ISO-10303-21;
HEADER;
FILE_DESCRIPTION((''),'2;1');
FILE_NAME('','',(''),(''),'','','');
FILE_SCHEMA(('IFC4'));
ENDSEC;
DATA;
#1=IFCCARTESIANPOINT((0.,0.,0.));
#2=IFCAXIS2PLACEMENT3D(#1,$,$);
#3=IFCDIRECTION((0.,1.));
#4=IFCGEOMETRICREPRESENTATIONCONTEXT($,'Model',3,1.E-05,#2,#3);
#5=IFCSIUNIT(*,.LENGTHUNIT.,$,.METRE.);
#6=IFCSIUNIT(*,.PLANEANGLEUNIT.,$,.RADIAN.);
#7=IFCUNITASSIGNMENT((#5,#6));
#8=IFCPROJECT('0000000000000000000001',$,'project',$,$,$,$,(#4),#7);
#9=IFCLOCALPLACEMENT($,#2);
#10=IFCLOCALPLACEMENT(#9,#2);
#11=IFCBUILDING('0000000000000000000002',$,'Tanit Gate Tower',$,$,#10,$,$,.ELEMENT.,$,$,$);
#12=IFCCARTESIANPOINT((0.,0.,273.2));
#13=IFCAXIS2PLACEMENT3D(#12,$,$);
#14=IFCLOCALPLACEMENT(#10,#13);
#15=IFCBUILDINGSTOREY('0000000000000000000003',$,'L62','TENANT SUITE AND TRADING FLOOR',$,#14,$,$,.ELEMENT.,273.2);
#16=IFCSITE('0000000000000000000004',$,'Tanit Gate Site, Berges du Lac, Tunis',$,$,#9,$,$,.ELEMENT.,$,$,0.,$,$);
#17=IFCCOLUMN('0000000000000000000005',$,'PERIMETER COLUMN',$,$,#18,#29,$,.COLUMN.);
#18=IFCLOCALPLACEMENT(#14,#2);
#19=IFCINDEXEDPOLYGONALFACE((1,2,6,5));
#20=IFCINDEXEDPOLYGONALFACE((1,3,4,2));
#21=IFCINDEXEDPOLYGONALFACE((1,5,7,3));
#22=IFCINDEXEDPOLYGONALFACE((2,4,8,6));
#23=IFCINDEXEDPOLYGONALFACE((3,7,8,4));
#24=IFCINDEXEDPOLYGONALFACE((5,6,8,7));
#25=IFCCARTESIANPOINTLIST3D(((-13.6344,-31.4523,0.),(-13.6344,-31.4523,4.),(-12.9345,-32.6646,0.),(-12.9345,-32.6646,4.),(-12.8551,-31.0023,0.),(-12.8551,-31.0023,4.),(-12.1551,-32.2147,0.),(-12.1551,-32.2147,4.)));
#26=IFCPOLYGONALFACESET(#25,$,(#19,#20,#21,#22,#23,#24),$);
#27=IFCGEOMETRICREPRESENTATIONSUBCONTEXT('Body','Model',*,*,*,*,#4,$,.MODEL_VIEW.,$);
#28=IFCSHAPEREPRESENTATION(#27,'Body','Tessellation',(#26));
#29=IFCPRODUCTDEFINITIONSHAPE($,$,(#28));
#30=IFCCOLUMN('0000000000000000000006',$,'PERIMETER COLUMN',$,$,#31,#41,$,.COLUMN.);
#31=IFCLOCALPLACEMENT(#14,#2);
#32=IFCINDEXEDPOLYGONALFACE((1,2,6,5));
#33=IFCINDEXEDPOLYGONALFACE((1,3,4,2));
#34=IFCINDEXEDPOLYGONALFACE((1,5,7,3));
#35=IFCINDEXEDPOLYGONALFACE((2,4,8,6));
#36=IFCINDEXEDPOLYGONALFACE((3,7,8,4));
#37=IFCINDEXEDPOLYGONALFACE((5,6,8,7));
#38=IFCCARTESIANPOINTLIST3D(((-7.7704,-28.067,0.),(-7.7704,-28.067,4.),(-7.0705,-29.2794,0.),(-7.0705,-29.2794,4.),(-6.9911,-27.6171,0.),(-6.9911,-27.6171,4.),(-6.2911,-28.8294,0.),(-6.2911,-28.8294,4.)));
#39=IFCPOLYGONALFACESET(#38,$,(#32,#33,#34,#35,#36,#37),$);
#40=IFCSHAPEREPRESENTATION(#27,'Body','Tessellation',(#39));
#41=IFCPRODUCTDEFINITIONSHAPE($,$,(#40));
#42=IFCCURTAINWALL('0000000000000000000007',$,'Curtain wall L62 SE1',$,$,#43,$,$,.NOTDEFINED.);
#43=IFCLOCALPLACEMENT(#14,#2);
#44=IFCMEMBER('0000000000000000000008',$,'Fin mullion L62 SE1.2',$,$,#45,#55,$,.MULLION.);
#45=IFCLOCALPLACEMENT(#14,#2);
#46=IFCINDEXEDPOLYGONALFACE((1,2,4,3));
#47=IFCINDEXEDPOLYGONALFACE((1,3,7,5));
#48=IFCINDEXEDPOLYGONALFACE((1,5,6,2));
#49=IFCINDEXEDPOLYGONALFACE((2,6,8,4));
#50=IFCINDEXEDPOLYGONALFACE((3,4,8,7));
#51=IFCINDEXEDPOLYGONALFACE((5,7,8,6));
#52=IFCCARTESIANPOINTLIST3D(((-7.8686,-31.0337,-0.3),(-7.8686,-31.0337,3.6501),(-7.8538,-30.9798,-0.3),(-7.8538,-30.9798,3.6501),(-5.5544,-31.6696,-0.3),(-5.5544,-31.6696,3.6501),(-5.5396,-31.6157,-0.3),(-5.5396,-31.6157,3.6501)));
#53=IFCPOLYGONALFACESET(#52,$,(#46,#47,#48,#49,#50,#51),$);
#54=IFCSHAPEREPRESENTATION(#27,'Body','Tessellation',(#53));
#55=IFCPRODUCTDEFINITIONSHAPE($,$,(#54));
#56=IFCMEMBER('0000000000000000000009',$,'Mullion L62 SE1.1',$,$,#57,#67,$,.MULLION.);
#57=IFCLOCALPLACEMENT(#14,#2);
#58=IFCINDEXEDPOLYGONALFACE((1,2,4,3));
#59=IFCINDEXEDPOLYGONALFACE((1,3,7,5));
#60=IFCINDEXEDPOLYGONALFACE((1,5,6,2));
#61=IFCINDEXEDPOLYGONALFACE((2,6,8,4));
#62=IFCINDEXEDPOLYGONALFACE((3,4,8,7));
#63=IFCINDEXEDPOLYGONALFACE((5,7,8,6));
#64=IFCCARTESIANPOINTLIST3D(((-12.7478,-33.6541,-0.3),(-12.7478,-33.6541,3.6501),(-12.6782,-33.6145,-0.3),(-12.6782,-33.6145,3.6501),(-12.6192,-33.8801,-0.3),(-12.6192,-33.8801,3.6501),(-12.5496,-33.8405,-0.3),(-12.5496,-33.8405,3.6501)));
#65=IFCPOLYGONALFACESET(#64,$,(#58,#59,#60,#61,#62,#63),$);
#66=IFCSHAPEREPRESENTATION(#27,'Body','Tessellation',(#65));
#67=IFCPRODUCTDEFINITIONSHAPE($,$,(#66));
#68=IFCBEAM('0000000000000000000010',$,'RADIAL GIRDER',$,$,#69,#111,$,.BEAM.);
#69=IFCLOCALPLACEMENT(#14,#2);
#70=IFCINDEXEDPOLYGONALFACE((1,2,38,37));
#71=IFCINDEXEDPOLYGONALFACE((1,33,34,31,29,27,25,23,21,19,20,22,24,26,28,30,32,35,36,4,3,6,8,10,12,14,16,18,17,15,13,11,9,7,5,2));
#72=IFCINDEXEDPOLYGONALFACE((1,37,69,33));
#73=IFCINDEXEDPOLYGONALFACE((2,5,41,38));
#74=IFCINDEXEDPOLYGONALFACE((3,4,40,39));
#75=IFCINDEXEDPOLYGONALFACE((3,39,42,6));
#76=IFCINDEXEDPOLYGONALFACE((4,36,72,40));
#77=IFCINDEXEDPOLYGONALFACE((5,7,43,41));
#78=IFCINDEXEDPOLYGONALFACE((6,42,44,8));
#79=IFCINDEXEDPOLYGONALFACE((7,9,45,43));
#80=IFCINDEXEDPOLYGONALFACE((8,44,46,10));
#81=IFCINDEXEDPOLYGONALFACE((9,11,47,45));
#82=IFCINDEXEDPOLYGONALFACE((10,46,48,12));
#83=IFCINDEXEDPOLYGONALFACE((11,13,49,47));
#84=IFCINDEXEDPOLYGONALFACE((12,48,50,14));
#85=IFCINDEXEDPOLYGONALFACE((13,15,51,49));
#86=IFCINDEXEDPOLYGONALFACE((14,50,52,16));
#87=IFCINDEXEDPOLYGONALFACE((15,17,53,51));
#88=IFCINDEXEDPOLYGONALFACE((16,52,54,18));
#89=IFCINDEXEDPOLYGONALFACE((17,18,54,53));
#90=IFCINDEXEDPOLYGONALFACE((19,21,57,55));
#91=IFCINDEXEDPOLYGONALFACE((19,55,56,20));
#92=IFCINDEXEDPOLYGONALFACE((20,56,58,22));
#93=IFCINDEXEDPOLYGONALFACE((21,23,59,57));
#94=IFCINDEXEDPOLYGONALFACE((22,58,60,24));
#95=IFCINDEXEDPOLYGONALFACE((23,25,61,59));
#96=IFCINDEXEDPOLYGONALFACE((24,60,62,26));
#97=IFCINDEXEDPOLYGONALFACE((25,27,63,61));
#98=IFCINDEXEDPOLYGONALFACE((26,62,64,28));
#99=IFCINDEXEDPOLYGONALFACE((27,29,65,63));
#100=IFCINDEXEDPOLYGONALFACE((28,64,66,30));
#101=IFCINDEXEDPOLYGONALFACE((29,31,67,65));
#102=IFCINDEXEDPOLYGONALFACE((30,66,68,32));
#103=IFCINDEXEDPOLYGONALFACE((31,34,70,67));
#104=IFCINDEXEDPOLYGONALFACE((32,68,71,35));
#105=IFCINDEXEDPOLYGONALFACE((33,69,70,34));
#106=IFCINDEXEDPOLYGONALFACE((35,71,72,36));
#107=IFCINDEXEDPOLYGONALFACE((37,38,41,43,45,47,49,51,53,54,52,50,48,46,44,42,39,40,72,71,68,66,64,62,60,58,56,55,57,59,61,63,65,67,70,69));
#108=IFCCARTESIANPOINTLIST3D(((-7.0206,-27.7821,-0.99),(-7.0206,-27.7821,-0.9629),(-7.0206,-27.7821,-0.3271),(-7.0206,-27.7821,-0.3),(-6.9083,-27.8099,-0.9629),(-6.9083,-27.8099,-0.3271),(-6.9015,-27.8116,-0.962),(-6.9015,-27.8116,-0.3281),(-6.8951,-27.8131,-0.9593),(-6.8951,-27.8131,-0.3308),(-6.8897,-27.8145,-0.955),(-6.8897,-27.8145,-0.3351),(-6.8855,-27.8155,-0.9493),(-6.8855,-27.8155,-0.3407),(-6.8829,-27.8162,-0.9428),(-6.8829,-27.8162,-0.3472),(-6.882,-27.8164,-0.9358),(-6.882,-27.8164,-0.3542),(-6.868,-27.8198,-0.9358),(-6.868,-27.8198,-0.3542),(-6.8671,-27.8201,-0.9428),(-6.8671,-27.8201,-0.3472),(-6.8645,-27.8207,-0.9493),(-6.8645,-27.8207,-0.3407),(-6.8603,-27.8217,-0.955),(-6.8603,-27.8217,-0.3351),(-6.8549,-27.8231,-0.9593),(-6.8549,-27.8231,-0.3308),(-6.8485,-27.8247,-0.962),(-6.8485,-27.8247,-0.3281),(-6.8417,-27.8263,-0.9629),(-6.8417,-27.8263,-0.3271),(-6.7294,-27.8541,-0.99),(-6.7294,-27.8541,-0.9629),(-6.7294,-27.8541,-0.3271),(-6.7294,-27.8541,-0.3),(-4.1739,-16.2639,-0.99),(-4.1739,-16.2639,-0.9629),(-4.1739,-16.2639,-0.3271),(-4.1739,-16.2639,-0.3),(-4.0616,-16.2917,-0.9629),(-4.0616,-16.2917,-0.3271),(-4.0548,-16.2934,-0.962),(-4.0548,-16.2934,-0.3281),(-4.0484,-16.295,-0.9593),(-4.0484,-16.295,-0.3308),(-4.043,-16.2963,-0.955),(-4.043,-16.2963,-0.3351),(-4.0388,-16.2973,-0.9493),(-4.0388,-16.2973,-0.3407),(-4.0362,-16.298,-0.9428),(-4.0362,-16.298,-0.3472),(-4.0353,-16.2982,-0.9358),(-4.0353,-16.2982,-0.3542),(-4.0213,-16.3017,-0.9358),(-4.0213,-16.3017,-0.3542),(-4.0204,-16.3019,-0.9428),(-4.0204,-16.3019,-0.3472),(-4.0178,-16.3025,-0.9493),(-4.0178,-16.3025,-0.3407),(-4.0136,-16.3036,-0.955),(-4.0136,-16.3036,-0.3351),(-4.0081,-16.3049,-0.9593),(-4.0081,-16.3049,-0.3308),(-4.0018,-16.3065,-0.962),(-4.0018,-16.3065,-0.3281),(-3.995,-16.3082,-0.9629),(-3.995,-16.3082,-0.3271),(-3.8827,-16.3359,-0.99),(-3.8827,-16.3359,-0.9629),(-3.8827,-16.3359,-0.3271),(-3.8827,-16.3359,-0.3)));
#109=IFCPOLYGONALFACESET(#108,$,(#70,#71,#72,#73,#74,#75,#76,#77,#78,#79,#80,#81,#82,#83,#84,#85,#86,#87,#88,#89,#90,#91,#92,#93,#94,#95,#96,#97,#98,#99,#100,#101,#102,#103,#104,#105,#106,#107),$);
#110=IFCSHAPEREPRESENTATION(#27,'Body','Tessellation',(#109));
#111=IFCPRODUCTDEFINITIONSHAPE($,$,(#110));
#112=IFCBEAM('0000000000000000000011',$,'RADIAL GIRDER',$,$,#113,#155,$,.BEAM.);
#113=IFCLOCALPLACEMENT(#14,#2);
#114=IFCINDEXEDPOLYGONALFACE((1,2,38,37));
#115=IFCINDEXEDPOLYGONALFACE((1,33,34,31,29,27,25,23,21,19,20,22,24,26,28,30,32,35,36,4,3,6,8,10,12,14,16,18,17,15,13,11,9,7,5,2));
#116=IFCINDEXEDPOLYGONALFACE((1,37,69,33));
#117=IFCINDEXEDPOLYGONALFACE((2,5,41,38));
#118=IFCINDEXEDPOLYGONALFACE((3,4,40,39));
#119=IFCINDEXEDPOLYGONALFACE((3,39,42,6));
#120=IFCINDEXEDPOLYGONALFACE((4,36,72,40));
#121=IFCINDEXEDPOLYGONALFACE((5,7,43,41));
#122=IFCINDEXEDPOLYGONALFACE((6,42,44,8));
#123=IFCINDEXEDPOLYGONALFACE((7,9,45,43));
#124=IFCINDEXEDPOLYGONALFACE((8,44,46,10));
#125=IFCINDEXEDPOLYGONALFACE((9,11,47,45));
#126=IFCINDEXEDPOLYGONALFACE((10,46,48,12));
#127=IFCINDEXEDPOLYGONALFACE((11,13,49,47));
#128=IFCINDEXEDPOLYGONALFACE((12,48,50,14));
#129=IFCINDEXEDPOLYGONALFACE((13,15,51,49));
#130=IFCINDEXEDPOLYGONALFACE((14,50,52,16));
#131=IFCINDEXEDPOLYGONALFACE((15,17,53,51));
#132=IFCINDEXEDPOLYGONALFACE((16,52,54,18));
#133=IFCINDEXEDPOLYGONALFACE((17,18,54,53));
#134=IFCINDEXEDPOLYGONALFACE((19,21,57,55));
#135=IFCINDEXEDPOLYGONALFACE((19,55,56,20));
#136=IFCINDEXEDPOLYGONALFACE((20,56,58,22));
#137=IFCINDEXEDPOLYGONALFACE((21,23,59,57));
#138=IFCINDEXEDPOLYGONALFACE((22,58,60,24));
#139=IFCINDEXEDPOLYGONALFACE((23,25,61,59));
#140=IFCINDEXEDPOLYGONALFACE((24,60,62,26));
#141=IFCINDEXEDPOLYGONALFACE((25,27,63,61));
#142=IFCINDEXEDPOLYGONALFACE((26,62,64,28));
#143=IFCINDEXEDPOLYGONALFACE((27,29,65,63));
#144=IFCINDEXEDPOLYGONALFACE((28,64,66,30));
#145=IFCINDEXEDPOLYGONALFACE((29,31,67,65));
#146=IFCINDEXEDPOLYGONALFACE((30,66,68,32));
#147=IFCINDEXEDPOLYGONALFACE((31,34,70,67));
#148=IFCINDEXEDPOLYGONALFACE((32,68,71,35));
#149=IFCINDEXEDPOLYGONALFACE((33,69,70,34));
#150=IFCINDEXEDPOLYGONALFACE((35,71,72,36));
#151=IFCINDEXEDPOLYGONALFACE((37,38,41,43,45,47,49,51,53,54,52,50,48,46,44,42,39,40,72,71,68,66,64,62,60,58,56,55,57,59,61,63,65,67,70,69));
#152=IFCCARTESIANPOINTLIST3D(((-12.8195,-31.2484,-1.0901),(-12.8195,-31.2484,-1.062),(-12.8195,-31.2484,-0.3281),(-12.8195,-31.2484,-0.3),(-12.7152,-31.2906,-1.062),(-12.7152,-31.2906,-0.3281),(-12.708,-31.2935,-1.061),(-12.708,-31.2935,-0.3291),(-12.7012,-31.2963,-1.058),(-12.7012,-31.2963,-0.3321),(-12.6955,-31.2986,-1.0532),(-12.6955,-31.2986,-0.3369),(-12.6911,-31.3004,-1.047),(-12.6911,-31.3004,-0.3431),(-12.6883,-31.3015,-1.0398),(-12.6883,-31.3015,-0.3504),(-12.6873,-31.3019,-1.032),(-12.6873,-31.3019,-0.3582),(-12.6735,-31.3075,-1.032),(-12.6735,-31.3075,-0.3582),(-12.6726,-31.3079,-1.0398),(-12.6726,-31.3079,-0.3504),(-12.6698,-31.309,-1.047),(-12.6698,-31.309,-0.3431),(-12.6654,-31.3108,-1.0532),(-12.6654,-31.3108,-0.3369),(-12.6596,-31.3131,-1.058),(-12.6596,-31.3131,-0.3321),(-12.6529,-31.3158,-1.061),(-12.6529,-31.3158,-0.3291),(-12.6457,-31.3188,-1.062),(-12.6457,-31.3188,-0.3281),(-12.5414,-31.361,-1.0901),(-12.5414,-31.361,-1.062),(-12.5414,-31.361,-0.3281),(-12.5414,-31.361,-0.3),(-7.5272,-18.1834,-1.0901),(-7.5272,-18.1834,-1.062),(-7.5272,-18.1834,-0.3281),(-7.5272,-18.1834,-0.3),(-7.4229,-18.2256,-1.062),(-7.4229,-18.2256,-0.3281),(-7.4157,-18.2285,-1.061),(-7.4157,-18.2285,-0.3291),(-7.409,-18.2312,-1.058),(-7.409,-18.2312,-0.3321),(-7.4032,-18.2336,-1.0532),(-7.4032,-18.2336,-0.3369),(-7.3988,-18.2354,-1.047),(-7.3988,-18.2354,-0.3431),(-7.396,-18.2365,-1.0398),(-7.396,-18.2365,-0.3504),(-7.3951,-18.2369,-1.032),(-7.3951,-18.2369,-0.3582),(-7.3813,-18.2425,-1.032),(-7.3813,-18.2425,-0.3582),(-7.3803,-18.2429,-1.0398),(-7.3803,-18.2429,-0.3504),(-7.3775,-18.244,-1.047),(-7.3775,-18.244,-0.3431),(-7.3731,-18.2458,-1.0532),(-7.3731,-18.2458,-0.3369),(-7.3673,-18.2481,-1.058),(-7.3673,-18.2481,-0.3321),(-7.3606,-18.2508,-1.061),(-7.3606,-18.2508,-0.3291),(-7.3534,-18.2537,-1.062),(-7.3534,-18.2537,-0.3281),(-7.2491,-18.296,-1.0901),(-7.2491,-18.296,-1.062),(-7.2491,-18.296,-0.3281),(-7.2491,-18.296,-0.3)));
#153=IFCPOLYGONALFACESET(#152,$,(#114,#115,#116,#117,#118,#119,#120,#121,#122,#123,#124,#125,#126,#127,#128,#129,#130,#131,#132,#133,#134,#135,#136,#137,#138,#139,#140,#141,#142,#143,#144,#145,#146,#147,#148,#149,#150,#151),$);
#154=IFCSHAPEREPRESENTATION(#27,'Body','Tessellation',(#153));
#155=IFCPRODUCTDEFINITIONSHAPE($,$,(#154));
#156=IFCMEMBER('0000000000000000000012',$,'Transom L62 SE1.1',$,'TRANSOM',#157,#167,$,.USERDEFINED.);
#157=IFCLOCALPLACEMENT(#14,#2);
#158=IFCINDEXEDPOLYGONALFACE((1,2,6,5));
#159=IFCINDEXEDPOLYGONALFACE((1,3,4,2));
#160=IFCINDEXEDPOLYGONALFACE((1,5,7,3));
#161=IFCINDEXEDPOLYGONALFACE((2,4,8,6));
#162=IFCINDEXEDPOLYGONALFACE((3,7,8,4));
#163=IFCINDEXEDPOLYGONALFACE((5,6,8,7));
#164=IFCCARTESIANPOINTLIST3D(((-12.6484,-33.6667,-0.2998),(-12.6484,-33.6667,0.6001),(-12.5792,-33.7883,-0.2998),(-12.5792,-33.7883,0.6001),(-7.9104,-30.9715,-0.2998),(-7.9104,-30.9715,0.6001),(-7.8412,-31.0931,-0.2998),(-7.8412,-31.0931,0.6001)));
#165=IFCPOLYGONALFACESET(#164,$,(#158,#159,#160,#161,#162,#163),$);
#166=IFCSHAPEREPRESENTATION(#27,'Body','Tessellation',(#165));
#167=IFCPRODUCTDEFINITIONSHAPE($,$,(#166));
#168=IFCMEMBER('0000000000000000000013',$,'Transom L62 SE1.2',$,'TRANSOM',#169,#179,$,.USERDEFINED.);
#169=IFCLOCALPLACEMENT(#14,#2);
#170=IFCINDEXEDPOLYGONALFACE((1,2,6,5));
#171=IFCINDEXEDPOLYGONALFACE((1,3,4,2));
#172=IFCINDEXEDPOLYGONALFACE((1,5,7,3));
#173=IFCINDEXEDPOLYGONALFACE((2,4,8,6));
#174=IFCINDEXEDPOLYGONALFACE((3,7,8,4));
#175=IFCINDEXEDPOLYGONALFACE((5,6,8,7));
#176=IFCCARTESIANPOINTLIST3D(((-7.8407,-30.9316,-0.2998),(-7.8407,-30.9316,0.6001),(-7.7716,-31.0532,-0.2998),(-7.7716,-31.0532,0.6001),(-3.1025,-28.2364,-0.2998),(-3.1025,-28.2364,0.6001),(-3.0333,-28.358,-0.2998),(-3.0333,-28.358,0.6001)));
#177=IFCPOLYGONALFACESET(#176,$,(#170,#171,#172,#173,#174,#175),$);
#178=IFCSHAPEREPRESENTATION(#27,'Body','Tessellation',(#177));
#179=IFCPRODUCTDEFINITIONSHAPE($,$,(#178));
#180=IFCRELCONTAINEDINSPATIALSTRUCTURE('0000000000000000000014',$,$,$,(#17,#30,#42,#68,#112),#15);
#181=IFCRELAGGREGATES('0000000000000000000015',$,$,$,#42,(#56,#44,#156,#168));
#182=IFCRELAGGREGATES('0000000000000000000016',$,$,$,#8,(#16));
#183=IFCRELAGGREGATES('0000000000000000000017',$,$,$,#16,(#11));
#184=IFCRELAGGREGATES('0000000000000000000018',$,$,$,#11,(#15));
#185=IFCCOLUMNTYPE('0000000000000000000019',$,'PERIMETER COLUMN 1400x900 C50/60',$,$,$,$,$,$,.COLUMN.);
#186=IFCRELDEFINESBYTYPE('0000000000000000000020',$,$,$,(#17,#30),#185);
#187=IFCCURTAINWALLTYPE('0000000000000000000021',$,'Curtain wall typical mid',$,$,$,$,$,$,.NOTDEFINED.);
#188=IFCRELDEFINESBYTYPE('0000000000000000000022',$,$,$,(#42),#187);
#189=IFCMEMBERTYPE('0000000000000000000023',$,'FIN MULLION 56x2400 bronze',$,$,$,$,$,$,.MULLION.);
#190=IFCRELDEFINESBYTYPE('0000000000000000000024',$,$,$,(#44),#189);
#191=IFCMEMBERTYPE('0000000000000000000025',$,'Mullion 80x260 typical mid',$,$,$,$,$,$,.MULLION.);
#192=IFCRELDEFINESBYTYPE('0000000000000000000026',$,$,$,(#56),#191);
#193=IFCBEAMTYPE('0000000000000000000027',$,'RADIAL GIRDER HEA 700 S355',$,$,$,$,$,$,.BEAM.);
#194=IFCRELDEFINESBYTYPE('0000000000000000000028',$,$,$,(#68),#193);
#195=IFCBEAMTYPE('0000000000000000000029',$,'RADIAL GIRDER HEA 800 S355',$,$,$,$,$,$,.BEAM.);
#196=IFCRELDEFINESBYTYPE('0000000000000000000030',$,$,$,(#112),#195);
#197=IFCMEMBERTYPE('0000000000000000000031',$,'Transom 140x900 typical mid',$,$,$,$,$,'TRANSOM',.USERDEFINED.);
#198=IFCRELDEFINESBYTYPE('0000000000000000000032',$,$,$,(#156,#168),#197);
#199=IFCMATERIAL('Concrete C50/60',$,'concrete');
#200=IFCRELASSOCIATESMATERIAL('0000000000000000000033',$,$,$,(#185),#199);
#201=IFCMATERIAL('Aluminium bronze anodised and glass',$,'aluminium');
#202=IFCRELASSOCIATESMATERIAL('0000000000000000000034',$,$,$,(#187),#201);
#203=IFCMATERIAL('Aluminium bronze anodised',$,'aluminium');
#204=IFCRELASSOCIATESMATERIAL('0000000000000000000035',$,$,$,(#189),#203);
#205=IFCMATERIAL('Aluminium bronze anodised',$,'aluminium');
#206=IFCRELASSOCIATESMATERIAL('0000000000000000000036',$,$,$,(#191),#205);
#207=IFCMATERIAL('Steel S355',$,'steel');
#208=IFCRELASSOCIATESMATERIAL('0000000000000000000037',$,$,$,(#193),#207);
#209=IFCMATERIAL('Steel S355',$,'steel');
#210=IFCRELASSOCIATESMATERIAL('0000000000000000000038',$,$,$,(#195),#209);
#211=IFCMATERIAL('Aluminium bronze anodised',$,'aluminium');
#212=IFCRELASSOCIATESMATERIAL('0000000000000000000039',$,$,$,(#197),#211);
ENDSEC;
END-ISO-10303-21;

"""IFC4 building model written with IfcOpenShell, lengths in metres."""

from ifc_helpers import new_model, si_unit, direction, frame, origin, origin_2d, place, context, subcontext, project, spatial, rectangle, i_section, extrude, material, material_profile, profile_set, type_object, element, aggregate, save


model = new_model("IFC4")

# Units and contexts
model_context = context("Model", 3, precision=1e-05, world=origin(), true_north=direction((0.0, 1.0)))
body_context = subcontext(model_context, "Body", "Model", "MODEL_VIEW")
ifc_project = project(units=[si_unit("LENGTHUNIT", "METRE"), si_unit("PLANEANGLEUNIT", "RADIAN")], contexts=[model_context])

# Site, building, storey
site_placement = place(None, origin())
site = spatial("IfcSite", under=ifc_project, at=site_placement, Name="Tanit Gate Site, Berges du Lac, Tunis", CompositionType="ELEMENT", RefElevation=0.0)
building_placement = place(site_placement, origin())
building = spatial("IfcBuilding", under=site, at=building_placement, Name="Tanit Gate Tower", CompositionType="ELEMENT")
storey_placement = place(building_placement, frame((0.0, 0.0, 273.2)))
storey = spatial("IfcBuildingStorey", under=building, at=storey_placement, Name="L62", Description="TENANT SUITE AND TRADING FLOOR", CompositionType="ELEMENT", Elevation=273.2)

# Columns
ifc_material_1 = material(Name="Concrete C50/60", Category="concrete")
ifc_material_profile_1 = material_profile(ifc_material_1, rectangle(XDim=1.3999, YDim=0.8999, at=origin_2d()), Name="RC 1400x900")
ifc_profile_set_1 = profile_set([ifc_material_profile_1], Name="Concrete C50/60")
column_type = type_object("IfcColumnType", Name="PERIMETER COLUMN 1400x900 C50/60", PredefinedType="COLUMN", material=ifc_profile_set_1)
for number, where, z_axis, x_axis, name in (
    (1, (-12.8948, -31.8335, 0.0), (0.0, 0.0, 1.0), (0.5, -0.866025, 0.0), "PERIMETER COLUMN"),
    (2, (-7.0308, -28.4482, 0.0), (0.0, 0.0, 1.0), (0.5, -0.866025, 0.0), "PERIMETER COLUMN"),
):
    element("IfcColumn", number, at=place(storey_placement, frame(where, z_axis=z_axis, x_axis=x_axis)), inside=storey, type_object=column_type, Name=name, PredefinedType="COLUMN", context=body_context, shape_type="SweptSolid", body=[
        extrude(rectangle(XDim=1.3999, YDim=0.8999, at=origin_2d()), origin(), (0.0, 0.0, 1.0), 4.0),
    ])

# Curtain wall, members
ifc_material_2 = material(Name="Aluminium bronze anodised and glass", Category="aluminium")
curtain_wall_type = type_object("IfcCurtainWallType", Name="Curtain wall typical mid", PredefinedType="NOTDEFINED", material=ifc_material_2)
curtain_wall_placement = place(storey_placement, origin())
curtain_wall = element("IfcCurtainWall", 3, at=curtain_wall_placement, inside=storey, type_object=curtain_wall_type, Name="Curtain wall L62 SE1", PredefinedType="NOTDEFINED")
ifc_material_3 = material(Name="Aluminium bronze anodised", Category="aluminium")
ifc_material_profile_2 = material_profile(ifc_material_3, rectangle(XDim=2.3999, YDim=0.0559, at=origin_2d()), Name="56x2400 bronze fin mullion")
ifc_profile_set_2 = profile_set([ifc_material_profile_2], Name="Aluminium bronze anodised")
member_type_1 = type_object("IfcMemberType", Name="FIN MULLION 56x2400 bronze", PredefinedType="MULLION", material=ifc_profile_set_2)
member_1_placement = place(storey_placement, frame((-6.7041, -31.3247, -0.3), z_axis=(0.0, 0.0, 1.0), x_axis=(-0.964257, 0.26497, 0.0)))
member_1 = element("IfcMember", 4, at=member_1_placement, type_object=member_type_1, Name="Fin mullion L62 SE1.2", PredefinedType="MULLION", context=body_context, shape_type="SweptSolid", body=[
    extrude(rectangle(XDim=2.3999, YDim=0.0559, at=origin_2d()), origin(), (0.0, 0.0, 1.0), 3.9502),
])
ifc_material_4 = material(Name="Aluminium bronze anodised", Category="aluminium")
ifc_material_profile_3 = material_profile(ifc_material_4, rectangle(XDim=0.26, YDim=0.0801, at=origin_2d()), Name="80x260 bronze mullion")
ifc_profile_set_3 = profile_set([ifc_material_profile_3], Name="Aluminium bronze anodised")
member_type_2 = type_object("IfcMemberType", Name="Mullion 80x260 typical mid", PredefinedType="MULLION", material=ifc_profile_set_3)
member_2_placement = place(storey_placement, frame((-12.6487, -33.7473, -0.3), z_axis=(0.0, 0.0, 1.0), x_axis=(-0.49447, 0.869195, 0.0)))
member_2 = element("IfcMember", 5, at=member_2_placement, type_object=member_type_2, Name="Mullion L62 SE1.1", PredefinedType="MULLION", context=body_context, shape_type="SweptSolid", body=[
    extrude(rectangle(XDim=0.26, YDim=0.0801, at=origin_2d()), origin(), (0.0, 0.0, 1.0), 3.9502),
])

# Beams
ifc_material_5 = material(Name="Steel S355", Category="steel")
ifc_material_profile_4 = material_profile(ifc_material_5, i_section(OverallWidth=0.3, OverallDepth=0.6899, WebThickness=0.0144, FlangeThickness=0.0271, FilletRadius=0.0271, at=origin_2d()), Name="HEA 700")
ifc_profile_set_4 = profile_set([ifc_material_profile_4], Name="Steel S355")
beam_type_1 = type_object("IfcBeamType", Name="RADIAL GIRDER HEA 700 S355", PredefinedType="BEAM", material=ifc_profile_set_4)
beam_1_placement = place(storey_placement, frame((-6.875, -27.8181, -0.645), z_axis=(0.23993, 0.97079, 0.0), x_axis=(-0.97079, 0.23993, 0.0)))
element("IfcBeam", 6, at=beam_1_placement, inside=storey, type_object=beam_type_1, Name="RADIAL GIRDER", PredefinedType="BEAM", context=body_context, shape_type="SweptSolid", body=[
    extrude(i_section(OverallWidth=0.3, OverallDepth=0.6899, WebThickness=0.0144, FlangeThickness=0.0271, FilletRadius=0.0271, at=origin_2d()), origin(), (0.0, 0.0, 1.0), 11.8647),
])
ifc_material_6 = material(Name="Steel S355", Category="steel")
ifc_material_profile_5 = material_profile(ifc_material_6, i_section(OverallWidth=0.3, OverallDepth=0.79, WebThickness=0.0149, FlangeThickness=0.0281, FilletRadius=0.03, at=origin_2d()), Name="HEA 800")
ifc_profile_set_5 = profile_set([ifc_material_profile_5], Name="Steel S355")
beam_type_2 = type_object("IfcBeamType", Name="RADIAL GIRDER HEA 800 S355", PredefinedType="BEAM", material=ifc_profile_set_5)
beam_2_placement = place(storey_placement, frame((-12.6804, -31.3047, -0.6951), z_axis=(0.375439, 0.926847, 0.0), x_axis=(-0.926847, 0.375439, 0.0)))
element("IfcBeam", 7, at=beam_2_placement, inside=storey, type_object=beam_type_2, Name="RADIAL GIRDER", PredefinedType="BEAM", context=body_context, shape_type="SweptSolid", body=[
    extrude(i_section(OverallWidth=0.3, OverallDepth=0.79, WebThickness=0.0149, FlangeThickness=0.0281, FilletRadius=0.03, at=origin_2d()), origin(), (0.0, 0.0, 1.0), 14.0962),
])

# Members
ifc_material_7 = material(Name="Aluminium bronze anodised", Category="aluminium")
ifc_material_profile_6 = material_profile(ifc_material_7, rectangle(XDim=0.1399, YDim=0.8999, at=origin_2d()), Name="140x900 bronze transom")
ifc_profile_set_6 = profile_set([ifc_material_profile_6], Name="Aluminium bronze anodised")
member_type_3 = type_object("IfcMemberType", Name="Transom 140x900 typical mid", ElementType="TRANSOM", PredefinedType="USERDEFINED", material=ifc_profile_set_6)
member_3_placement = place(storey_placement, frame((-12.6138, -33.7275, 0.1501), z_axis=(0.869201, 0.494459, 0.0), x_axis=(-0.494459, 0.869201, 0.0)))
member_3 = element("IfcMember", 8, at=member_3_placement, type_object=member_type_3, Name="Transom L62 SE1.1", ObjectType="TRANSOM", PredefinedType="USERDEFINED", context=body_context, shape_type="SweptSolid", body=[
    extrude(rectangle(XDim=0.1399, YDim=0.8999, at=origin_2d()), origin(), (0.0, 0.0, 1.0), 5.4509),
])
member_4_placement = place(storey_placement, frame((-7.8062, -30.9924, 0.1501), z_axis=(0.869212, 0.49444, 0.0), x_axis=(-0.49444, 0.869212, 0.0)))
member_4 = element("IfcMember", 9, at=member_4_placement, type_object=member_type_3, Name="Transom L62 SE1.2", ObjectType="TRANSOM", PredefinedType="USERDEFINED", context=body_context, shape_type="SweptSolid", body=[
    extrude(rectangle(XDim=0.1399, YDim=0.8999, at=origin_2d()), origin(), (0.0, 0.0, 1.0), 5.4512),
])

aggregate(curtain_wall, [member_2, member_1, member_3, member_4])

save(model, "model.ifc")
